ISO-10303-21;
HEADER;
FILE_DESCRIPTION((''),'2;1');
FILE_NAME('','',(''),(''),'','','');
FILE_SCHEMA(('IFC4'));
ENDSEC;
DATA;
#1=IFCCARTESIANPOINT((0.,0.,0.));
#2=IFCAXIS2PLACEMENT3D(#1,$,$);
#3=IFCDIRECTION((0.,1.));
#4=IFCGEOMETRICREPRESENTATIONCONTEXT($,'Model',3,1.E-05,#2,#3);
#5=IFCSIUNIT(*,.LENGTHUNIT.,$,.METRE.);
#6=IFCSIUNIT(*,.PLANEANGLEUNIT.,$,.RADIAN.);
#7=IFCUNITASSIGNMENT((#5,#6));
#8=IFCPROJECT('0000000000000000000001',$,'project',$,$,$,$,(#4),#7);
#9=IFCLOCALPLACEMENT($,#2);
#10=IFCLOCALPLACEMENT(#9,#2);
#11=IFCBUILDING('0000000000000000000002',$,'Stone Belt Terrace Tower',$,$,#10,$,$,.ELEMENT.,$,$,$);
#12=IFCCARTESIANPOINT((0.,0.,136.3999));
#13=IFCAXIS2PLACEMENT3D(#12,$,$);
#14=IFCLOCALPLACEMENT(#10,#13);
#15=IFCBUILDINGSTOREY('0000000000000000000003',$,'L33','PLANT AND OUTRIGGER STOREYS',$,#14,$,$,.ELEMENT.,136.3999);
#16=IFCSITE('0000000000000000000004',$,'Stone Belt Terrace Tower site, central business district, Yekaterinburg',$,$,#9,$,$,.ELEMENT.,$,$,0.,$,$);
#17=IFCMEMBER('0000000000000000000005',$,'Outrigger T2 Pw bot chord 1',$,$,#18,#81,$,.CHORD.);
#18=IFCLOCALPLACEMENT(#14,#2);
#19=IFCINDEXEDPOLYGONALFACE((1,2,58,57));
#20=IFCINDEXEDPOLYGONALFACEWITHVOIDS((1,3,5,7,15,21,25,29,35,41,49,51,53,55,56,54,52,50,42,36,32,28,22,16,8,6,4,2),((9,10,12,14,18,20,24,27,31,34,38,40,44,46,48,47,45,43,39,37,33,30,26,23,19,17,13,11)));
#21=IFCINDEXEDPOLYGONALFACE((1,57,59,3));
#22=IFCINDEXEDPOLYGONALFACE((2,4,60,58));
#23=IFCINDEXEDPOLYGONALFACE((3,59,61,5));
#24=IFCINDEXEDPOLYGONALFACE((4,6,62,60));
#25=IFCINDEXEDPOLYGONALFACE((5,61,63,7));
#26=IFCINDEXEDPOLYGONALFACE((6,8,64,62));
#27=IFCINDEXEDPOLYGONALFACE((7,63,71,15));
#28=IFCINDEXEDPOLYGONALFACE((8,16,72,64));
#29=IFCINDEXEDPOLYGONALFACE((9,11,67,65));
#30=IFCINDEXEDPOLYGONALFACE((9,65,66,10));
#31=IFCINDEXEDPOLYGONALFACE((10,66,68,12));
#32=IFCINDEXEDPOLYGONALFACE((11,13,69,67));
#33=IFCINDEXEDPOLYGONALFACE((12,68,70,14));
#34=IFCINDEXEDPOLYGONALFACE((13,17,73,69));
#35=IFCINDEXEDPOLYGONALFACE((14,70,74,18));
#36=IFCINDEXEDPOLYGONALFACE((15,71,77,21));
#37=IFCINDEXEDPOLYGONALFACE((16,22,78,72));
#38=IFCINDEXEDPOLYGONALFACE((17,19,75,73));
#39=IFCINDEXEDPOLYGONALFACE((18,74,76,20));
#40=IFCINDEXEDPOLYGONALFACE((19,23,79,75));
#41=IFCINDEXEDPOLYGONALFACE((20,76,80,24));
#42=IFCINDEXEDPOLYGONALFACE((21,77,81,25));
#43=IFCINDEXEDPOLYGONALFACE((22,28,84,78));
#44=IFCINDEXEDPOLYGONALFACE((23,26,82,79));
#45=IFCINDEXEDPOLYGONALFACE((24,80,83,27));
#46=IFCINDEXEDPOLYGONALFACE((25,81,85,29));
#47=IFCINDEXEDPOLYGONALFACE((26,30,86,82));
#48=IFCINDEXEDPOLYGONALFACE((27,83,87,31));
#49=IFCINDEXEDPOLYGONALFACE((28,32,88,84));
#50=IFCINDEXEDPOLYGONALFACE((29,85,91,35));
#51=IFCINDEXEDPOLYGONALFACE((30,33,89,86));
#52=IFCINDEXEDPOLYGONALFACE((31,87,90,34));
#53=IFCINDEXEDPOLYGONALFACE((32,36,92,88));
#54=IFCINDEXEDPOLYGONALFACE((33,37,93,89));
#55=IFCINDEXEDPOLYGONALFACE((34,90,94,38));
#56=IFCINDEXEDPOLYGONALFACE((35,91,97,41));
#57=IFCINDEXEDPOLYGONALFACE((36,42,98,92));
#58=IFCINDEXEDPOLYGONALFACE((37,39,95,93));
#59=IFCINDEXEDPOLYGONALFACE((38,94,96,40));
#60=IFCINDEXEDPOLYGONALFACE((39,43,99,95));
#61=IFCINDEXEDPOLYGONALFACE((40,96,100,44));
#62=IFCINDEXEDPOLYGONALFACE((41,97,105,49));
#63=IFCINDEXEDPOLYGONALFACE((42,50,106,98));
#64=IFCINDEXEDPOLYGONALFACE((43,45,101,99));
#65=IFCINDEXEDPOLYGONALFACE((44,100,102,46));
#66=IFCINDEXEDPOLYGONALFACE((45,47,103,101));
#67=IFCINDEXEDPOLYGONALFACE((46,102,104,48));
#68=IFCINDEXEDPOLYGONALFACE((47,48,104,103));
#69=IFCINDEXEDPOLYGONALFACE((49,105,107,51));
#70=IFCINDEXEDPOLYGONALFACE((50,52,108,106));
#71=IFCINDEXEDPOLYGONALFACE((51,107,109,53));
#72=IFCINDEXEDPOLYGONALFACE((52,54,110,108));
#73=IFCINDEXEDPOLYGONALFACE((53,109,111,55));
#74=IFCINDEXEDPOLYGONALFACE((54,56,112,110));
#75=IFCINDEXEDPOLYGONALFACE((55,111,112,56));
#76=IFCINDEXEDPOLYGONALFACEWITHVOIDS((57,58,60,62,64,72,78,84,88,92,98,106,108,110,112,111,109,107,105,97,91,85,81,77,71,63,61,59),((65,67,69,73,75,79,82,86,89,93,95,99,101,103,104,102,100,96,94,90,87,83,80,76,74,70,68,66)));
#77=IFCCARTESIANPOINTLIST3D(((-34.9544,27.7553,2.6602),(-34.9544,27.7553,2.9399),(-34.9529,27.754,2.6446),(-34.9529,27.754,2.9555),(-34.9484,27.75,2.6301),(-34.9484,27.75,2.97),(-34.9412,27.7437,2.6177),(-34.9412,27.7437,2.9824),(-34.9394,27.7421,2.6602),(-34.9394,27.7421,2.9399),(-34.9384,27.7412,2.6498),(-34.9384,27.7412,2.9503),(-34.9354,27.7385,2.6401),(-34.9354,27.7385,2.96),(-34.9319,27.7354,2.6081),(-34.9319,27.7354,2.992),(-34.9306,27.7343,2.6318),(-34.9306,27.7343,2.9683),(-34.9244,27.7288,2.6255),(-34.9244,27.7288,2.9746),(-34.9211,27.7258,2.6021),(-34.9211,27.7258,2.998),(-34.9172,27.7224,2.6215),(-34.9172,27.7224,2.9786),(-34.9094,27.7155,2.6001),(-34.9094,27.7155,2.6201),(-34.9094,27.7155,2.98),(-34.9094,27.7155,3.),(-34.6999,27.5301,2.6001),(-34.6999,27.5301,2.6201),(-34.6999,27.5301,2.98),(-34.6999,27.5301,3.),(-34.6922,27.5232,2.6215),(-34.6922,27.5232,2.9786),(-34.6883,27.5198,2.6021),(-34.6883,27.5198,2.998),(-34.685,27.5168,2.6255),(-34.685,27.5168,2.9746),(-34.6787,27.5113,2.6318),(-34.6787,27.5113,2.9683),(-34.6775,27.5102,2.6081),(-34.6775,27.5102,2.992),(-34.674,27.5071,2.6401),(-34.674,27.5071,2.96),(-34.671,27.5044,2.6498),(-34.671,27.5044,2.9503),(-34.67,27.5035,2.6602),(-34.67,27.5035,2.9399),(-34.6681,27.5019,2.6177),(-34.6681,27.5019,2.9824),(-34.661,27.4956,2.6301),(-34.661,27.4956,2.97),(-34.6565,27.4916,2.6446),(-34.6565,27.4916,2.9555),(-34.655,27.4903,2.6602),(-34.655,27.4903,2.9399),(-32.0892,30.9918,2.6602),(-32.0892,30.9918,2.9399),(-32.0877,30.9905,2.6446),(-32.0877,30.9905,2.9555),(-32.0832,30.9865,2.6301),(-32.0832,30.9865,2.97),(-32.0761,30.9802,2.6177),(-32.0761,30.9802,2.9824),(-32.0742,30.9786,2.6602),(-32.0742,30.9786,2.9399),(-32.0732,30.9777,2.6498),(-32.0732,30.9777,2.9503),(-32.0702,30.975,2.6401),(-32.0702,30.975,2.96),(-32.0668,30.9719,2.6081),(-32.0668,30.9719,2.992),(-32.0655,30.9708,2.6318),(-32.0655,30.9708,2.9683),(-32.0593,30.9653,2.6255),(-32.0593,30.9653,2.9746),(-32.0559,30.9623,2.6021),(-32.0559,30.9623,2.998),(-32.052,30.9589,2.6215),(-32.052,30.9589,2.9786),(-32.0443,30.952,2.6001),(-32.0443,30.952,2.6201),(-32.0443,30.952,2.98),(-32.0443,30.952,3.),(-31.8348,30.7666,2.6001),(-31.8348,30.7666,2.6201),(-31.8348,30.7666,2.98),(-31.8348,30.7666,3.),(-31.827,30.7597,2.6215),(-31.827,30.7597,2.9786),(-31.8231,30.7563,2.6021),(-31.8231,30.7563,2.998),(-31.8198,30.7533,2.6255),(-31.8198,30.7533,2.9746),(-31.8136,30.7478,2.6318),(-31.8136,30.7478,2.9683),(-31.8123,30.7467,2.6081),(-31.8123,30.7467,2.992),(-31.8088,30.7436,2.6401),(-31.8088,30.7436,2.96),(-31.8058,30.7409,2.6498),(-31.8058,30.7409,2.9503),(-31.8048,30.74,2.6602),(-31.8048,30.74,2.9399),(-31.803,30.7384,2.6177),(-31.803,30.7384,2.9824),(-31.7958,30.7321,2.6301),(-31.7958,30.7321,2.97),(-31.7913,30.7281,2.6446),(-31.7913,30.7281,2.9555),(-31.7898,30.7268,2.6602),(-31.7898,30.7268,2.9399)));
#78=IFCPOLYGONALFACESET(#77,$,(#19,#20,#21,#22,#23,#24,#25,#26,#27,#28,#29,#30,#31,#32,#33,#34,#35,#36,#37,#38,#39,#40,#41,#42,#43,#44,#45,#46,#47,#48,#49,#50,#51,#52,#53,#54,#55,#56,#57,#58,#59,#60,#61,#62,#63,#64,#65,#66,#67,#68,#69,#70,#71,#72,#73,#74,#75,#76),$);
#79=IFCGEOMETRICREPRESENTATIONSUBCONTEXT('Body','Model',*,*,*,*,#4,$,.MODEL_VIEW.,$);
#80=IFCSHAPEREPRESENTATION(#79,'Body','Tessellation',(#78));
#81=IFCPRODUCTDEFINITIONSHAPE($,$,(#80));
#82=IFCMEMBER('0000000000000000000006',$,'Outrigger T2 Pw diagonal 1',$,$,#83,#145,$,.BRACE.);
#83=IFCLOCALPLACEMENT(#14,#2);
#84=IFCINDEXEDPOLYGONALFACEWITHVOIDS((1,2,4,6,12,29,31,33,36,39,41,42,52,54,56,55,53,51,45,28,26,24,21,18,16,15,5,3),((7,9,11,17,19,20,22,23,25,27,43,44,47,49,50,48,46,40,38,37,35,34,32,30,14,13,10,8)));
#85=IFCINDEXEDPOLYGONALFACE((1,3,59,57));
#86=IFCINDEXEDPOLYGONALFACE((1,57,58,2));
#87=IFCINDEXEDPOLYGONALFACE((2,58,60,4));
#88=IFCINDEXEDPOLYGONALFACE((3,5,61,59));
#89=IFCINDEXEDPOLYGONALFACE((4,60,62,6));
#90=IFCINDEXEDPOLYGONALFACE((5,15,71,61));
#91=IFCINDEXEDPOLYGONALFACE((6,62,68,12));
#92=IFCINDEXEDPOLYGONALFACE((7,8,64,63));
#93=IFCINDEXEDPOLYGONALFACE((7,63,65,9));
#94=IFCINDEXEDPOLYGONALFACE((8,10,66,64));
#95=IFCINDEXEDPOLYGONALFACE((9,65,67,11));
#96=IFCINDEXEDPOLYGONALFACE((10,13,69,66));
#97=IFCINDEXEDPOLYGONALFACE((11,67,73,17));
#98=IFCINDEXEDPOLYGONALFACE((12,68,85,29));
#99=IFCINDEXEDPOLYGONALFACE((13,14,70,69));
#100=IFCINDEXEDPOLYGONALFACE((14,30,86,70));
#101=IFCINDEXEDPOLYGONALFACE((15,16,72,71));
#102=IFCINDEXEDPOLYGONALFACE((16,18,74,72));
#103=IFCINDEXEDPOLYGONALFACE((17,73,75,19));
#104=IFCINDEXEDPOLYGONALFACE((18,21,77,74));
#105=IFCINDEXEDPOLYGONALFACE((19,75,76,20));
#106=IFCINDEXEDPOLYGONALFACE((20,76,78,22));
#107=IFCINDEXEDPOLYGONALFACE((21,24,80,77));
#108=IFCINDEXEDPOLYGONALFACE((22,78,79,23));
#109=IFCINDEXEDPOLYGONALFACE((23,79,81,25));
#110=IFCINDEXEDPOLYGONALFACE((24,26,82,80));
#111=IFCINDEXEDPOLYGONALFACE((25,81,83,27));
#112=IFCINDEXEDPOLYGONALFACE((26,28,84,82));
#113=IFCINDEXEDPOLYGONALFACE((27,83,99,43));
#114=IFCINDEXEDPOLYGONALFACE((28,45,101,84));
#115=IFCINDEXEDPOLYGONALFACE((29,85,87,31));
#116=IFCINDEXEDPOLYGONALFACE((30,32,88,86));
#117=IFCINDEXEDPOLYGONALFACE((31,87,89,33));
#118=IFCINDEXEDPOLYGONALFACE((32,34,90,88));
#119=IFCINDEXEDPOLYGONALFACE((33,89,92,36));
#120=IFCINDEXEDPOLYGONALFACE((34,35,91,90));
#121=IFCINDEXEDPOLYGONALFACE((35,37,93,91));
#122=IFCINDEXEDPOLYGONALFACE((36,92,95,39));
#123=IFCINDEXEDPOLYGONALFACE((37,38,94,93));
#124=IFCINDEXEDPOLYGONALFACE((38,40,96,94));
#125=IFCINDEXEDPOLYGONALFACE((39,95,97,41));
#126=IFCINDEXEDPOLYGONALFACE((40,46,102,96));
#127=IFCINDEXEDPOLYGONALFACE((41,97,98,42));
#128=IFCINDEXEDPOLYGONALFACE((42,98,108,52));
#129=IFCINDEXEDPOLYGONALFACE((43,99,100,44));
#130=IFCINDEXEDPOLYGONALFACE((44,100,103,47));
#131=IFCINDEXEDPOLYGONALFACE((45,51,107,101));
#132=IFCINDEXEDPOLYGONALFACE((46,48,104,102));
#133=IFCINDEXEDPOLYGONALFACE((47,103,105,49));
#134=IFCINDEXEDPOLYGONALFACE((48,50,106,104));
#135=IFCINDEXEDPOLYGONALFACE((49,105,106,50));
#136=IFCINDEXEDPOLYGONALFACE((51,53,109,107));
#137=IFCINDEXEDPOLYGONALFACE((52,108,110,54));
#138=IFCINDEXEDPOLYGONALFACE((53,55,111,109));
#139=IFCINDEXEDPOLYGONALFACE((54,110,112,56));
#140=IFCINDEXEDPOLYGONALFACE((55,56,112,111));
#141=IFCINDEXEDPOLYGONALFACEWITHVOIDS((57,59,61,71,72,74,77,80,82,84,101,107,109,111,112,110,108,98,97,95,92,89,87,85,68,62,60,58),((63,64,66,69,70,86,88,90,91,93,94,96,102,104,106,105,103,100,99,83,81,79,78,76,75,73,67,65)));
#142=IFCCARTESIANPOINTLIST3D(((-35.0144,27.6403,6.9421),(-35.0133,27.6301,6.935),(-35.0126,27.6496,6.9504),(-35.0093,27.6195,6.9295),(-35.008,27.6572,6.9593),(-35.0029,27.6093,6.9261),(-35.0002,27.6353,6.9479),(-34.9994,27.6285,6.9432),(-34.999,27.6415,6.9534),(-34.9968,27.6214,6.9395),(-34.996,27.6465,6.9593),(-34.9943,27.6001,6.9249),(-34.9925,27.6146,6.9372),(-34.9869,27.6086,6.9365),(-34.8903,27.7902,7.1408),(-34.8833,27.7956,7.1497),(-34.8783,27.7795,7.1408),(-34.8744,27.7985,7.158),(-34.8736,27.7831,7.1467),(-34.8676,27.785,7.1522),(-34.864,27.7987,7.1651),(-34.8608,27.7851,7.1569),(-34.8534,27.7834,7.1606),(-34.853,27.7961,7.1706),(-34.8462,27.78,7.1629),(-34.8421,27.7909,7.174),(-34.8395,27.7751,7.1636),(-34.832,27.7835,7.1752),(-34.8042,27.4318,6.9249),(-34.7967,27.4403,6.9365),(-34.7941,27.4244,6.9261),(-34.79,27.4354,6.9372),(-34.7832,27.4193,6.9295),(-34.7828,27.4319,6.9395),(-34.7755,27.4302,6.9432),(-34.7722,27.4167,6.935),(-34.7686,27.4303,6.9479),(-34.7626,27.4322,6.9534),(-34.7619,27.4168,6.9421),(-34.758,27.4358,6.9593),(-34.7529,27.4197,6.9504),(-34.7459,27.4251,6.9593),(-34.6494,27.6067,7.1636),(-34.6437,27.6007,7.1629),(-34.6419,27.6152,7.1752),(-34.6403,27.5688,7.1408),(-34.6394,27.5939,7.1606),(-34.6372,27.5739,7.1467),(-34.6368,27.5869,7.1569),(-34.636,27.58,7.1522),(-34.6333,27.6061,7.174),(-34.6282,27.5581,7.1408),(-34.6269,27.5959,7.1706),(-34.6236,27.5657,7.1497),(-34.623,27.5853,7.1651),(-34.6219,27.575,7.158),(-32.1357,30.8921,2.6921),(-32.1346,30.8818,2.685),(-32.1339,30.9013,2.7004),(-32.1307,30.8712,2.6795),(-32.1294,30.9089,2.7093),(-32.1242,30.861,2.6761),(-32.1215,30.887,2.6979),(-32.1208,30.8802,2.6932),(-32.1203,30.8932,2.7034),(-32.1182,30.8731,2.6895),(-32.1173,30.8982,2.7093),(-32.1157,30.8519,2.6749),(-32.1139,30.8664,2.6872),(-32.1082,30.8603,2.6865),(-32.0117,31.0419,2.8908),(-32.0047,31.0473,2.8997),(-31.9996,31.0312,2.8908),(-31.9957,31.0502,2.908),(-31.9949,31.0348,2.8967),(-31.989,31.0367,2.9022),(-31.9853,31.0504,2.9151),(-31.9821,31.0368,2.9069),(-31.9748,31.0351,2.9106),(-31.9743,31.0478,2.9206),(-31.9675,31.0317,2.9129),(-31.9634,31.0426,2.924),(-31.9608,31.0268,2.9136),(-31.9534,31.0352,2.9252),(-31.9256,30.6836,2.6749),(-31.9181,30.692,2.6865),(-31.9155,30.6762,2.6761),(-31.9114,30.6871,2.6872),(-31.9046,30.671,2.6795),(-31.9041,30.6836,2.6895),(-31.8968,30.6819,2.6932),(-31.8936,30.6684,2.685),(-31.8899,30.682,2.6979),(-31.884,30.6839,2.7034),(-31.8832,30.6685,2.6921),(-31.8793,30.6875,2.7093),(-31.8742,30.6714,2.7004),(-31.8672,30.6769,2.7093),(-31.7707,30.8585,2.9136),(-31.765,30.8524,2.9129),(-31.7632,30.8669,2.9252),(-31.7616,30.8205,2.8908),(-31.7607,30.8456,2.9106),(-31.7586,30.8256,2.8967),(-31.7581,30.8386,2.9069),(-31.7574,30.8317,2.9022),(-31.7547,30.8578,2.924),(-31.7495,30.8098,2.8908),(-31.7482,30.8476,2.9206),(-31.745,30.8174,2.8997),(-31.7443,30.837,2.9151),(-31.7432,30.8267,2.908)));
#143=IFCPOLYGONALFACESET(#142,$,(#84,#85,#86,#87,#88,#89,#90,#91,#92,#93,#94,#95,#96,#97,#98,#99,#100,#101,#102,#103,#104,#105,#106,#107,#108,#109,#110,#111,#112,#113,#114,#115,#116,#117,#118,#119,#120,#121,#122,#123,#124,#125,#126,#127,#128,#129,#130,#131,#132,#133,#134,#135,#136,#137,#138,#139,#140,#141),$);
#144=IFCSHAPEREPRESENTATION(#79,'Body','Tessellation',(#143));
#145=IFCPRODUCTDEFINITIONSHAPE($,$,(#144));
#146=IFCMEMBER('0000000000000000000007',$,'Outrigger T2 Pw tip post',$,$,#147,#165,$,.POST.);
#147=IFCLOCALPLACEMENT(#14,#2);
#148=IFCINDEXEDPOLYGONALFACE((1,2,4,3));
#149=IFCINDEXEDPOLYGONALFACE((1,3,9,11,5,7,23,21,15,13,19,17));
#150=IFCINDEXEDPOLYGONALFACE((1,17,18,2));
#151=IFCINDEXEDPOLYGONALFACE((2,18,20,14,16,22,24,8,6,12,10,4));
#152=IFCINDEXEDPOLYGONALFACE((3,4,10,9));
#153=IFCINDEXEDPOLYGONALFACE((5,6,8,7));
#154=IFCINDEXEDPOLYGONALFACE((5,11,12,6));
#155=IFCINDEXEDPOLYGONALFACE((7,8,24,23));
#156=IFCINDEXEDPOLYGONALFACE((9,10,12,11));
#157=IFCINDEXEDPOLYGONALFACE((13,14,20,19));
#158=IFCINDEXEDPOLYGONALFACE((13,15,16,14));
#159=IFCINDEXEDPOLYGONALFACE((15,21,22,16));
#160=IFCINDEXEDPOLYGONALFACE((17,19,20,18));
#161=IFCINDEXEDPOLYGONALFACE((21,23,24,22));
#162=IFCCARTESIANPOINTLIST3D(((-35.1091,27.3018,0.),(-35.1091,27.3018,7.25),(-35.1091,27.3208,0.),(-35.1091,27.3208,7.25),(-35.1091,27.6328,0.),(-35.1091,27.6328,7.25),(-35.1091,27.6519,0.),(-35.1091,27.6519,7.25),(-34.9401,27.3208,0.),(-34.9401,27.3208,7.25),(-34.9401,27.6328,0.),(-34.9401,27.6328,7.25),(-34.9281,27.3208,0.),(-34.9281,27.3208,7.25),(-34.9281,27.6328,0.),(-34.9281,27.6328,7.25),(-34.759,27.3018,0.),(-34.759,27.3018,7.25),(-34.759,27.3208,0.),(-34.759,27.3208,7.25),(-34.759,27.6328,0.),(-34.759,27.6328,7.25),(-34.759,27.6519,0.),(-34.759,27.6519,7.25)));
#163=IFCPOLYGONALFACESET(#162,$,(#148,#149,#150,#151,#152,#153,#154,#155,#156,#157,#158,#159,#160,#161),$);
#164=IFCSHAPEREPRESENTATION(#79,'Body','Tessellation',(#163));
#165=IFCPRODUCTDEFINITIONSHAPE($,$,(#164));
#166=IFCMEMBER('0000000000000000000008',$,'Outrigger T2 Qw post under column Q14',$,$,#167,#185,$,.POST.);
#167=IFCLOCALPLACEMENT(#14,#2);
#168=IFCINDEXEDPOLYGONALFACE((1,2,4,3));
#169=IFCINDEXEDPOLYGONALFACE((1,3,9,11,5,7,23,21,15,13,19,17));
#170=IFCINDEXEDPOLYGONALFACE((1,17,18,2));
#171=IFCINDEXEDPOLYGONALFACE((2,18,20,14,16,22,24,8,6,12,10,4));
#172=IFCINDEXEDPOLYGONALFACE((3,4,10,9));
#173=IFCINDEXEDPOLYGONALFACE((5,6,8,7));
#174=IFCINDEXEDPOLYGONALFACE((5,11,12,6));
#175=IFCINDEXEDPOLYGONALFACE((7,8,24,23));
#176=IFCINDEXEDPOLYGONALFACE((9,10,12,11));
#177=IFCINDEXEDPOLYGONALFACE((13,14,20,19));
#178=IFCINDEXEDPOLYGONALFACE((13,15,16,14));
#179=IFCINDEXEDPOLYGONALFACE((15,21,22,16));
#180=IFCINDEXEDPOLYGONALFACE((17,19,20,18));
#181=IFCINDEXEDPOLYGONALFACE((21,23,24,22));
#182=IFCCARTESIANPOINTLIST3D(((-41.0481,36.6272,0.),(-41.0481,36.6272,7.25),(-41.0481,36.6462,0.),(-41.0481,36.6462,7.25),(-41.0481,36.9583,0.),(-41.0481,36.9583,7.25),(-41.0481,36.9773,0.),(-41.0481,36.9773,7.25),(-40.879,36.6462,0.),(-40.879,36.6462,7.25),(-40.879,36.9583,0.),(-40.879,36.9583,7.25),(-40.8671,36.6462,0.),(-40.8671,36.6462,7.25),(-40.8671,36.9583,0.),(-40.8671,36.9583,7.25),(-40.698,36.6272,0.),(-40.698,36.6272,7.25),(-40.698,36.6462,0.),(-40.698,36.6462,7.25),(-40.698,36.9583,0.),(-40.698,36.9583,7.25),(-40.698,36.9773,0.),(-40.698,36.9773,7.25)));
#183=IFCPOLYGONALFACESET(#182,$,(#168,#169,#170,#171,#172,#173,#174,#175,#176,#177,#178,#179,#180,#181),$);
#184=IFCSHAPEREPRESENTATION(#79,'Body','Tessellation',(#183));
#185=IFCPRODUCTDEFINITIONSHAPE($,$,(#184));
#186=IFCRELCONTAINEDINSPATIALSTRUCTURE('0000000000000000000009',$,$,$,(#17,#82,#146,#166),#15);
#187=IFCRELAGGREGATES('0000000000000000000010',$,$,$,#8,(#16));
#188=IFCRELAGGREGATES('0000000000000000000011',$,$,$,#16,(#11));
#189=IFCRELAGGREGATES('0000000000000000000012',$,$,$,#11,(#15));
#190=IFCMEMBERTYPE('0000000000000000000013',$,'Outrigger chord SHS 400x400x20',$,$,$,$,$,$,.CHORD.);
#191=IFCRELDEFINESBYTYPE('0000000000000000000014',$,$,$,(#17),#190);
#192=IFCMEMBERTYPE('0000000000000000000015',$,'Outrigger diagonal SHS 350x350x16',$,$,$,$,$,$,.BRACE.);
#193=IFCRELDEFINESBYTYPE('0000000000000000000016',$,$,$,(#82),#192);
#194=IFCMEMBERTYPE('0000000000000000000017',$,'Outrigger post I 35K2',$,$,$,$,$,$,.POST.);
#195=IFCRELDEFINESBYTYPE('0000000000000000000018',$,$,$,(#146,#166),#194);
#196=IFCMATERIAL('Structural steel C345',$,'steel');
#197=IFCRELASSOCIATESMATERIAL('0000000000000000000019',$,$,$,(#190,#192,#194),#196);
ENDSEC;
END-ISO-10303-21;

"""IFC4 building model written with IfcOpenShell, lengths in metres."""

from ifc_helpers import new_model, si_unit, direction, frame, origin, origin_2d, place, context, subcontext, project, spatial, hollow_rectangle, i_section, extrude, material, material_profile, profile_set, type_object, element, save


model = new_model("IFC4")

# Units and contexts
model_context = context("Model", 3, precision=1e-05, world=origin(), true_north=direction((0.0, 1.0)))
body_context = subcontext(model_context, "Body", "Model", "MODEL_VIEW")
ifc_project = project(units=[si_unit("LENGTHUNIT", "METRE"), si_unit("PLANEANGLEUNIT", "RADIAN")], contexts=[model_context])

# Site, building, storey
site_placement = place(None, origin())
site = spatial("IfcSite", under=ifc_project, at=site_placement, Name="Stone Belt Terrace Tower site, central business district, Yekaterinburg", CompositionType="ELEMENT", RefElevation=0.0)
building_placement = place(site_placement, origin())
building = spatial("IfcBuilding", under=site, at=building_placement, Name="Stone Belt Terrace Tower", CompositionType="ELEMENT")
storey_placement = place(building_placement, frame((0.0, 0.0, 136.3999)))
storey = spatial("IfcBuildingStorey", under=building, at=storey_placement, Name="L33", Description="PLANT AND OUTRIGGER STOREYS", CompositionType="ELEMENT", Elevation=136.3999)

# Members
ifc_material_1 = material(Name="Structural steel C345", Category="steel")
ifc_material_profile_1 = material_profile(ifc_material_1, hollow_rectangle(XDim=0.3999, YDim=0.3999, WallThickness=0.02, InnerFilletRadius=0.04, OuterFilletRadius=0.0601, at=origin_2d()), Name="SHS 400x400x20")
ifc_profile_set_1 = profile_set([ifc_material_profile_1], Name="Structural steel C345")
member_type_1 = type_object("IfcMemberType", Name="Outrigger chord SHS 400x400x20", PredefinedType="CHORD", material=ifc_profile_set_1)
for number, where, z_axis, x_axis, name in (
    (1, (-34.8047, 27.6228, 2.8), (0.662848, 0.748754, 0.0), (-0.748754, 0.662848, 0.0), "Outrigger T2 Pw bot chord 1"),
):
    element("IfcMember", number, at=place(storey_placement, frame(where, z_axis=z_axis, x_axis=x_axis)), inside=storey, type_object=member_type_1, Name=name, PredefinedType="CHORD", context=body_context, shape_type="SweptSolid", body=[
        extrude(hollow_rectangle(XDim=0.3999, YDim=0.3999, WallThickness=0.02, InnerFilletRadius=0.04, OuterFilletRadius=0.0601, at=origin_2d()), origin(), (0.0, 0.0, 1.0), 4.3225),
    ])
ifc_material_profile_2 = material_profile(ifc_material_1, hollow_rectangle(XDim=0.3501, YDim=0.3501, WallThickness=0.0161, InnerFilletRadius=0.032, OuterFilletRadius=0.0481, at=origin_2d()), Name="SHS 350x350x16")
ifc_profile_set_2 = profile_set([ifc_material_profile_2], Name="Structural steel C345")
member_type_2 = type_object("IfcMemberType", Name="Outrigger diagonal SHS 350x350x16", PredefinedType="BRACE", material=ifc_profile_set_2)
member_1_placement = place(storey_placement, frame((-34.8181, 27.6077, 7.05), z_axis=(0.473744, 0.535136, -0.699426), x_axis=(-0.748751, 0.662852, 0.0)))
element("IfcMember", 2, at=member_1_placement, inside=storey, type_object=member_type_2, Name="Outrigger T2 Pw diagonal 1", PredefinedType="BRACE", context=body_context, shape_type="SweptSolid", body=[
    extrude(hollow_rectangle(XDim=0.3501, YDim=0.3501, WallThickness=0.0161, InnerFilletRadius=0.032, OuterFilletRadius=0.0481, at=origin_2d()), origin(), (0.0, 0.0, 1.0), 6.0764),
])
ifc_material_profile_3 = material_profile(ifc_material_1, i_section(OverallWidth=0.3501, OverallDepth=0.3501, WebThickness=0.012, FlangeThickness=0.019, at=origin_2d()), Name="I 35K2")
ifc_profile_set_3 = profile_set([ifc_material_profile_3], Name="Structural steel C345")
member_type_3 = type_object("IfcMemberType", Name="Outrigger post I 35K2", PredefinedType="POST", material=ifc_profile_set_3)
for number, where, z_axis, x_axis, name in (
    (3, (-34.9341, 27.4768, 0.0), (0.0, 0.0, 1.0), (1.0, 0.0, 0.0), "Outrigger T2 Pw tip post"),
    (4, (-40.873, 36.8022, 0.0), (0.0, 0.0, 1.0), (1.0, 0.0, 0.0), "Outrigger T2 Qw post under column Q14"),
):
    element("IfcMember", number, at=place(storey_placement, frame(where, z_axis=z_axis, x_axis=x_axis)), inside=storey, type_object=member_type_3, Name=name, PredefinedType="POST", context=body_context, shape_type="SweptSolid", body=[
        extrude(i_section(OverallWidth=0.3501, OverallDepth=0.3501, WebThickness=0.012, FlangeThickness=0.019, at=origin_2d()), origin(), (0.0, 0.0, 1.0), 7.25),
    ])

save(model, "model.ifc")
